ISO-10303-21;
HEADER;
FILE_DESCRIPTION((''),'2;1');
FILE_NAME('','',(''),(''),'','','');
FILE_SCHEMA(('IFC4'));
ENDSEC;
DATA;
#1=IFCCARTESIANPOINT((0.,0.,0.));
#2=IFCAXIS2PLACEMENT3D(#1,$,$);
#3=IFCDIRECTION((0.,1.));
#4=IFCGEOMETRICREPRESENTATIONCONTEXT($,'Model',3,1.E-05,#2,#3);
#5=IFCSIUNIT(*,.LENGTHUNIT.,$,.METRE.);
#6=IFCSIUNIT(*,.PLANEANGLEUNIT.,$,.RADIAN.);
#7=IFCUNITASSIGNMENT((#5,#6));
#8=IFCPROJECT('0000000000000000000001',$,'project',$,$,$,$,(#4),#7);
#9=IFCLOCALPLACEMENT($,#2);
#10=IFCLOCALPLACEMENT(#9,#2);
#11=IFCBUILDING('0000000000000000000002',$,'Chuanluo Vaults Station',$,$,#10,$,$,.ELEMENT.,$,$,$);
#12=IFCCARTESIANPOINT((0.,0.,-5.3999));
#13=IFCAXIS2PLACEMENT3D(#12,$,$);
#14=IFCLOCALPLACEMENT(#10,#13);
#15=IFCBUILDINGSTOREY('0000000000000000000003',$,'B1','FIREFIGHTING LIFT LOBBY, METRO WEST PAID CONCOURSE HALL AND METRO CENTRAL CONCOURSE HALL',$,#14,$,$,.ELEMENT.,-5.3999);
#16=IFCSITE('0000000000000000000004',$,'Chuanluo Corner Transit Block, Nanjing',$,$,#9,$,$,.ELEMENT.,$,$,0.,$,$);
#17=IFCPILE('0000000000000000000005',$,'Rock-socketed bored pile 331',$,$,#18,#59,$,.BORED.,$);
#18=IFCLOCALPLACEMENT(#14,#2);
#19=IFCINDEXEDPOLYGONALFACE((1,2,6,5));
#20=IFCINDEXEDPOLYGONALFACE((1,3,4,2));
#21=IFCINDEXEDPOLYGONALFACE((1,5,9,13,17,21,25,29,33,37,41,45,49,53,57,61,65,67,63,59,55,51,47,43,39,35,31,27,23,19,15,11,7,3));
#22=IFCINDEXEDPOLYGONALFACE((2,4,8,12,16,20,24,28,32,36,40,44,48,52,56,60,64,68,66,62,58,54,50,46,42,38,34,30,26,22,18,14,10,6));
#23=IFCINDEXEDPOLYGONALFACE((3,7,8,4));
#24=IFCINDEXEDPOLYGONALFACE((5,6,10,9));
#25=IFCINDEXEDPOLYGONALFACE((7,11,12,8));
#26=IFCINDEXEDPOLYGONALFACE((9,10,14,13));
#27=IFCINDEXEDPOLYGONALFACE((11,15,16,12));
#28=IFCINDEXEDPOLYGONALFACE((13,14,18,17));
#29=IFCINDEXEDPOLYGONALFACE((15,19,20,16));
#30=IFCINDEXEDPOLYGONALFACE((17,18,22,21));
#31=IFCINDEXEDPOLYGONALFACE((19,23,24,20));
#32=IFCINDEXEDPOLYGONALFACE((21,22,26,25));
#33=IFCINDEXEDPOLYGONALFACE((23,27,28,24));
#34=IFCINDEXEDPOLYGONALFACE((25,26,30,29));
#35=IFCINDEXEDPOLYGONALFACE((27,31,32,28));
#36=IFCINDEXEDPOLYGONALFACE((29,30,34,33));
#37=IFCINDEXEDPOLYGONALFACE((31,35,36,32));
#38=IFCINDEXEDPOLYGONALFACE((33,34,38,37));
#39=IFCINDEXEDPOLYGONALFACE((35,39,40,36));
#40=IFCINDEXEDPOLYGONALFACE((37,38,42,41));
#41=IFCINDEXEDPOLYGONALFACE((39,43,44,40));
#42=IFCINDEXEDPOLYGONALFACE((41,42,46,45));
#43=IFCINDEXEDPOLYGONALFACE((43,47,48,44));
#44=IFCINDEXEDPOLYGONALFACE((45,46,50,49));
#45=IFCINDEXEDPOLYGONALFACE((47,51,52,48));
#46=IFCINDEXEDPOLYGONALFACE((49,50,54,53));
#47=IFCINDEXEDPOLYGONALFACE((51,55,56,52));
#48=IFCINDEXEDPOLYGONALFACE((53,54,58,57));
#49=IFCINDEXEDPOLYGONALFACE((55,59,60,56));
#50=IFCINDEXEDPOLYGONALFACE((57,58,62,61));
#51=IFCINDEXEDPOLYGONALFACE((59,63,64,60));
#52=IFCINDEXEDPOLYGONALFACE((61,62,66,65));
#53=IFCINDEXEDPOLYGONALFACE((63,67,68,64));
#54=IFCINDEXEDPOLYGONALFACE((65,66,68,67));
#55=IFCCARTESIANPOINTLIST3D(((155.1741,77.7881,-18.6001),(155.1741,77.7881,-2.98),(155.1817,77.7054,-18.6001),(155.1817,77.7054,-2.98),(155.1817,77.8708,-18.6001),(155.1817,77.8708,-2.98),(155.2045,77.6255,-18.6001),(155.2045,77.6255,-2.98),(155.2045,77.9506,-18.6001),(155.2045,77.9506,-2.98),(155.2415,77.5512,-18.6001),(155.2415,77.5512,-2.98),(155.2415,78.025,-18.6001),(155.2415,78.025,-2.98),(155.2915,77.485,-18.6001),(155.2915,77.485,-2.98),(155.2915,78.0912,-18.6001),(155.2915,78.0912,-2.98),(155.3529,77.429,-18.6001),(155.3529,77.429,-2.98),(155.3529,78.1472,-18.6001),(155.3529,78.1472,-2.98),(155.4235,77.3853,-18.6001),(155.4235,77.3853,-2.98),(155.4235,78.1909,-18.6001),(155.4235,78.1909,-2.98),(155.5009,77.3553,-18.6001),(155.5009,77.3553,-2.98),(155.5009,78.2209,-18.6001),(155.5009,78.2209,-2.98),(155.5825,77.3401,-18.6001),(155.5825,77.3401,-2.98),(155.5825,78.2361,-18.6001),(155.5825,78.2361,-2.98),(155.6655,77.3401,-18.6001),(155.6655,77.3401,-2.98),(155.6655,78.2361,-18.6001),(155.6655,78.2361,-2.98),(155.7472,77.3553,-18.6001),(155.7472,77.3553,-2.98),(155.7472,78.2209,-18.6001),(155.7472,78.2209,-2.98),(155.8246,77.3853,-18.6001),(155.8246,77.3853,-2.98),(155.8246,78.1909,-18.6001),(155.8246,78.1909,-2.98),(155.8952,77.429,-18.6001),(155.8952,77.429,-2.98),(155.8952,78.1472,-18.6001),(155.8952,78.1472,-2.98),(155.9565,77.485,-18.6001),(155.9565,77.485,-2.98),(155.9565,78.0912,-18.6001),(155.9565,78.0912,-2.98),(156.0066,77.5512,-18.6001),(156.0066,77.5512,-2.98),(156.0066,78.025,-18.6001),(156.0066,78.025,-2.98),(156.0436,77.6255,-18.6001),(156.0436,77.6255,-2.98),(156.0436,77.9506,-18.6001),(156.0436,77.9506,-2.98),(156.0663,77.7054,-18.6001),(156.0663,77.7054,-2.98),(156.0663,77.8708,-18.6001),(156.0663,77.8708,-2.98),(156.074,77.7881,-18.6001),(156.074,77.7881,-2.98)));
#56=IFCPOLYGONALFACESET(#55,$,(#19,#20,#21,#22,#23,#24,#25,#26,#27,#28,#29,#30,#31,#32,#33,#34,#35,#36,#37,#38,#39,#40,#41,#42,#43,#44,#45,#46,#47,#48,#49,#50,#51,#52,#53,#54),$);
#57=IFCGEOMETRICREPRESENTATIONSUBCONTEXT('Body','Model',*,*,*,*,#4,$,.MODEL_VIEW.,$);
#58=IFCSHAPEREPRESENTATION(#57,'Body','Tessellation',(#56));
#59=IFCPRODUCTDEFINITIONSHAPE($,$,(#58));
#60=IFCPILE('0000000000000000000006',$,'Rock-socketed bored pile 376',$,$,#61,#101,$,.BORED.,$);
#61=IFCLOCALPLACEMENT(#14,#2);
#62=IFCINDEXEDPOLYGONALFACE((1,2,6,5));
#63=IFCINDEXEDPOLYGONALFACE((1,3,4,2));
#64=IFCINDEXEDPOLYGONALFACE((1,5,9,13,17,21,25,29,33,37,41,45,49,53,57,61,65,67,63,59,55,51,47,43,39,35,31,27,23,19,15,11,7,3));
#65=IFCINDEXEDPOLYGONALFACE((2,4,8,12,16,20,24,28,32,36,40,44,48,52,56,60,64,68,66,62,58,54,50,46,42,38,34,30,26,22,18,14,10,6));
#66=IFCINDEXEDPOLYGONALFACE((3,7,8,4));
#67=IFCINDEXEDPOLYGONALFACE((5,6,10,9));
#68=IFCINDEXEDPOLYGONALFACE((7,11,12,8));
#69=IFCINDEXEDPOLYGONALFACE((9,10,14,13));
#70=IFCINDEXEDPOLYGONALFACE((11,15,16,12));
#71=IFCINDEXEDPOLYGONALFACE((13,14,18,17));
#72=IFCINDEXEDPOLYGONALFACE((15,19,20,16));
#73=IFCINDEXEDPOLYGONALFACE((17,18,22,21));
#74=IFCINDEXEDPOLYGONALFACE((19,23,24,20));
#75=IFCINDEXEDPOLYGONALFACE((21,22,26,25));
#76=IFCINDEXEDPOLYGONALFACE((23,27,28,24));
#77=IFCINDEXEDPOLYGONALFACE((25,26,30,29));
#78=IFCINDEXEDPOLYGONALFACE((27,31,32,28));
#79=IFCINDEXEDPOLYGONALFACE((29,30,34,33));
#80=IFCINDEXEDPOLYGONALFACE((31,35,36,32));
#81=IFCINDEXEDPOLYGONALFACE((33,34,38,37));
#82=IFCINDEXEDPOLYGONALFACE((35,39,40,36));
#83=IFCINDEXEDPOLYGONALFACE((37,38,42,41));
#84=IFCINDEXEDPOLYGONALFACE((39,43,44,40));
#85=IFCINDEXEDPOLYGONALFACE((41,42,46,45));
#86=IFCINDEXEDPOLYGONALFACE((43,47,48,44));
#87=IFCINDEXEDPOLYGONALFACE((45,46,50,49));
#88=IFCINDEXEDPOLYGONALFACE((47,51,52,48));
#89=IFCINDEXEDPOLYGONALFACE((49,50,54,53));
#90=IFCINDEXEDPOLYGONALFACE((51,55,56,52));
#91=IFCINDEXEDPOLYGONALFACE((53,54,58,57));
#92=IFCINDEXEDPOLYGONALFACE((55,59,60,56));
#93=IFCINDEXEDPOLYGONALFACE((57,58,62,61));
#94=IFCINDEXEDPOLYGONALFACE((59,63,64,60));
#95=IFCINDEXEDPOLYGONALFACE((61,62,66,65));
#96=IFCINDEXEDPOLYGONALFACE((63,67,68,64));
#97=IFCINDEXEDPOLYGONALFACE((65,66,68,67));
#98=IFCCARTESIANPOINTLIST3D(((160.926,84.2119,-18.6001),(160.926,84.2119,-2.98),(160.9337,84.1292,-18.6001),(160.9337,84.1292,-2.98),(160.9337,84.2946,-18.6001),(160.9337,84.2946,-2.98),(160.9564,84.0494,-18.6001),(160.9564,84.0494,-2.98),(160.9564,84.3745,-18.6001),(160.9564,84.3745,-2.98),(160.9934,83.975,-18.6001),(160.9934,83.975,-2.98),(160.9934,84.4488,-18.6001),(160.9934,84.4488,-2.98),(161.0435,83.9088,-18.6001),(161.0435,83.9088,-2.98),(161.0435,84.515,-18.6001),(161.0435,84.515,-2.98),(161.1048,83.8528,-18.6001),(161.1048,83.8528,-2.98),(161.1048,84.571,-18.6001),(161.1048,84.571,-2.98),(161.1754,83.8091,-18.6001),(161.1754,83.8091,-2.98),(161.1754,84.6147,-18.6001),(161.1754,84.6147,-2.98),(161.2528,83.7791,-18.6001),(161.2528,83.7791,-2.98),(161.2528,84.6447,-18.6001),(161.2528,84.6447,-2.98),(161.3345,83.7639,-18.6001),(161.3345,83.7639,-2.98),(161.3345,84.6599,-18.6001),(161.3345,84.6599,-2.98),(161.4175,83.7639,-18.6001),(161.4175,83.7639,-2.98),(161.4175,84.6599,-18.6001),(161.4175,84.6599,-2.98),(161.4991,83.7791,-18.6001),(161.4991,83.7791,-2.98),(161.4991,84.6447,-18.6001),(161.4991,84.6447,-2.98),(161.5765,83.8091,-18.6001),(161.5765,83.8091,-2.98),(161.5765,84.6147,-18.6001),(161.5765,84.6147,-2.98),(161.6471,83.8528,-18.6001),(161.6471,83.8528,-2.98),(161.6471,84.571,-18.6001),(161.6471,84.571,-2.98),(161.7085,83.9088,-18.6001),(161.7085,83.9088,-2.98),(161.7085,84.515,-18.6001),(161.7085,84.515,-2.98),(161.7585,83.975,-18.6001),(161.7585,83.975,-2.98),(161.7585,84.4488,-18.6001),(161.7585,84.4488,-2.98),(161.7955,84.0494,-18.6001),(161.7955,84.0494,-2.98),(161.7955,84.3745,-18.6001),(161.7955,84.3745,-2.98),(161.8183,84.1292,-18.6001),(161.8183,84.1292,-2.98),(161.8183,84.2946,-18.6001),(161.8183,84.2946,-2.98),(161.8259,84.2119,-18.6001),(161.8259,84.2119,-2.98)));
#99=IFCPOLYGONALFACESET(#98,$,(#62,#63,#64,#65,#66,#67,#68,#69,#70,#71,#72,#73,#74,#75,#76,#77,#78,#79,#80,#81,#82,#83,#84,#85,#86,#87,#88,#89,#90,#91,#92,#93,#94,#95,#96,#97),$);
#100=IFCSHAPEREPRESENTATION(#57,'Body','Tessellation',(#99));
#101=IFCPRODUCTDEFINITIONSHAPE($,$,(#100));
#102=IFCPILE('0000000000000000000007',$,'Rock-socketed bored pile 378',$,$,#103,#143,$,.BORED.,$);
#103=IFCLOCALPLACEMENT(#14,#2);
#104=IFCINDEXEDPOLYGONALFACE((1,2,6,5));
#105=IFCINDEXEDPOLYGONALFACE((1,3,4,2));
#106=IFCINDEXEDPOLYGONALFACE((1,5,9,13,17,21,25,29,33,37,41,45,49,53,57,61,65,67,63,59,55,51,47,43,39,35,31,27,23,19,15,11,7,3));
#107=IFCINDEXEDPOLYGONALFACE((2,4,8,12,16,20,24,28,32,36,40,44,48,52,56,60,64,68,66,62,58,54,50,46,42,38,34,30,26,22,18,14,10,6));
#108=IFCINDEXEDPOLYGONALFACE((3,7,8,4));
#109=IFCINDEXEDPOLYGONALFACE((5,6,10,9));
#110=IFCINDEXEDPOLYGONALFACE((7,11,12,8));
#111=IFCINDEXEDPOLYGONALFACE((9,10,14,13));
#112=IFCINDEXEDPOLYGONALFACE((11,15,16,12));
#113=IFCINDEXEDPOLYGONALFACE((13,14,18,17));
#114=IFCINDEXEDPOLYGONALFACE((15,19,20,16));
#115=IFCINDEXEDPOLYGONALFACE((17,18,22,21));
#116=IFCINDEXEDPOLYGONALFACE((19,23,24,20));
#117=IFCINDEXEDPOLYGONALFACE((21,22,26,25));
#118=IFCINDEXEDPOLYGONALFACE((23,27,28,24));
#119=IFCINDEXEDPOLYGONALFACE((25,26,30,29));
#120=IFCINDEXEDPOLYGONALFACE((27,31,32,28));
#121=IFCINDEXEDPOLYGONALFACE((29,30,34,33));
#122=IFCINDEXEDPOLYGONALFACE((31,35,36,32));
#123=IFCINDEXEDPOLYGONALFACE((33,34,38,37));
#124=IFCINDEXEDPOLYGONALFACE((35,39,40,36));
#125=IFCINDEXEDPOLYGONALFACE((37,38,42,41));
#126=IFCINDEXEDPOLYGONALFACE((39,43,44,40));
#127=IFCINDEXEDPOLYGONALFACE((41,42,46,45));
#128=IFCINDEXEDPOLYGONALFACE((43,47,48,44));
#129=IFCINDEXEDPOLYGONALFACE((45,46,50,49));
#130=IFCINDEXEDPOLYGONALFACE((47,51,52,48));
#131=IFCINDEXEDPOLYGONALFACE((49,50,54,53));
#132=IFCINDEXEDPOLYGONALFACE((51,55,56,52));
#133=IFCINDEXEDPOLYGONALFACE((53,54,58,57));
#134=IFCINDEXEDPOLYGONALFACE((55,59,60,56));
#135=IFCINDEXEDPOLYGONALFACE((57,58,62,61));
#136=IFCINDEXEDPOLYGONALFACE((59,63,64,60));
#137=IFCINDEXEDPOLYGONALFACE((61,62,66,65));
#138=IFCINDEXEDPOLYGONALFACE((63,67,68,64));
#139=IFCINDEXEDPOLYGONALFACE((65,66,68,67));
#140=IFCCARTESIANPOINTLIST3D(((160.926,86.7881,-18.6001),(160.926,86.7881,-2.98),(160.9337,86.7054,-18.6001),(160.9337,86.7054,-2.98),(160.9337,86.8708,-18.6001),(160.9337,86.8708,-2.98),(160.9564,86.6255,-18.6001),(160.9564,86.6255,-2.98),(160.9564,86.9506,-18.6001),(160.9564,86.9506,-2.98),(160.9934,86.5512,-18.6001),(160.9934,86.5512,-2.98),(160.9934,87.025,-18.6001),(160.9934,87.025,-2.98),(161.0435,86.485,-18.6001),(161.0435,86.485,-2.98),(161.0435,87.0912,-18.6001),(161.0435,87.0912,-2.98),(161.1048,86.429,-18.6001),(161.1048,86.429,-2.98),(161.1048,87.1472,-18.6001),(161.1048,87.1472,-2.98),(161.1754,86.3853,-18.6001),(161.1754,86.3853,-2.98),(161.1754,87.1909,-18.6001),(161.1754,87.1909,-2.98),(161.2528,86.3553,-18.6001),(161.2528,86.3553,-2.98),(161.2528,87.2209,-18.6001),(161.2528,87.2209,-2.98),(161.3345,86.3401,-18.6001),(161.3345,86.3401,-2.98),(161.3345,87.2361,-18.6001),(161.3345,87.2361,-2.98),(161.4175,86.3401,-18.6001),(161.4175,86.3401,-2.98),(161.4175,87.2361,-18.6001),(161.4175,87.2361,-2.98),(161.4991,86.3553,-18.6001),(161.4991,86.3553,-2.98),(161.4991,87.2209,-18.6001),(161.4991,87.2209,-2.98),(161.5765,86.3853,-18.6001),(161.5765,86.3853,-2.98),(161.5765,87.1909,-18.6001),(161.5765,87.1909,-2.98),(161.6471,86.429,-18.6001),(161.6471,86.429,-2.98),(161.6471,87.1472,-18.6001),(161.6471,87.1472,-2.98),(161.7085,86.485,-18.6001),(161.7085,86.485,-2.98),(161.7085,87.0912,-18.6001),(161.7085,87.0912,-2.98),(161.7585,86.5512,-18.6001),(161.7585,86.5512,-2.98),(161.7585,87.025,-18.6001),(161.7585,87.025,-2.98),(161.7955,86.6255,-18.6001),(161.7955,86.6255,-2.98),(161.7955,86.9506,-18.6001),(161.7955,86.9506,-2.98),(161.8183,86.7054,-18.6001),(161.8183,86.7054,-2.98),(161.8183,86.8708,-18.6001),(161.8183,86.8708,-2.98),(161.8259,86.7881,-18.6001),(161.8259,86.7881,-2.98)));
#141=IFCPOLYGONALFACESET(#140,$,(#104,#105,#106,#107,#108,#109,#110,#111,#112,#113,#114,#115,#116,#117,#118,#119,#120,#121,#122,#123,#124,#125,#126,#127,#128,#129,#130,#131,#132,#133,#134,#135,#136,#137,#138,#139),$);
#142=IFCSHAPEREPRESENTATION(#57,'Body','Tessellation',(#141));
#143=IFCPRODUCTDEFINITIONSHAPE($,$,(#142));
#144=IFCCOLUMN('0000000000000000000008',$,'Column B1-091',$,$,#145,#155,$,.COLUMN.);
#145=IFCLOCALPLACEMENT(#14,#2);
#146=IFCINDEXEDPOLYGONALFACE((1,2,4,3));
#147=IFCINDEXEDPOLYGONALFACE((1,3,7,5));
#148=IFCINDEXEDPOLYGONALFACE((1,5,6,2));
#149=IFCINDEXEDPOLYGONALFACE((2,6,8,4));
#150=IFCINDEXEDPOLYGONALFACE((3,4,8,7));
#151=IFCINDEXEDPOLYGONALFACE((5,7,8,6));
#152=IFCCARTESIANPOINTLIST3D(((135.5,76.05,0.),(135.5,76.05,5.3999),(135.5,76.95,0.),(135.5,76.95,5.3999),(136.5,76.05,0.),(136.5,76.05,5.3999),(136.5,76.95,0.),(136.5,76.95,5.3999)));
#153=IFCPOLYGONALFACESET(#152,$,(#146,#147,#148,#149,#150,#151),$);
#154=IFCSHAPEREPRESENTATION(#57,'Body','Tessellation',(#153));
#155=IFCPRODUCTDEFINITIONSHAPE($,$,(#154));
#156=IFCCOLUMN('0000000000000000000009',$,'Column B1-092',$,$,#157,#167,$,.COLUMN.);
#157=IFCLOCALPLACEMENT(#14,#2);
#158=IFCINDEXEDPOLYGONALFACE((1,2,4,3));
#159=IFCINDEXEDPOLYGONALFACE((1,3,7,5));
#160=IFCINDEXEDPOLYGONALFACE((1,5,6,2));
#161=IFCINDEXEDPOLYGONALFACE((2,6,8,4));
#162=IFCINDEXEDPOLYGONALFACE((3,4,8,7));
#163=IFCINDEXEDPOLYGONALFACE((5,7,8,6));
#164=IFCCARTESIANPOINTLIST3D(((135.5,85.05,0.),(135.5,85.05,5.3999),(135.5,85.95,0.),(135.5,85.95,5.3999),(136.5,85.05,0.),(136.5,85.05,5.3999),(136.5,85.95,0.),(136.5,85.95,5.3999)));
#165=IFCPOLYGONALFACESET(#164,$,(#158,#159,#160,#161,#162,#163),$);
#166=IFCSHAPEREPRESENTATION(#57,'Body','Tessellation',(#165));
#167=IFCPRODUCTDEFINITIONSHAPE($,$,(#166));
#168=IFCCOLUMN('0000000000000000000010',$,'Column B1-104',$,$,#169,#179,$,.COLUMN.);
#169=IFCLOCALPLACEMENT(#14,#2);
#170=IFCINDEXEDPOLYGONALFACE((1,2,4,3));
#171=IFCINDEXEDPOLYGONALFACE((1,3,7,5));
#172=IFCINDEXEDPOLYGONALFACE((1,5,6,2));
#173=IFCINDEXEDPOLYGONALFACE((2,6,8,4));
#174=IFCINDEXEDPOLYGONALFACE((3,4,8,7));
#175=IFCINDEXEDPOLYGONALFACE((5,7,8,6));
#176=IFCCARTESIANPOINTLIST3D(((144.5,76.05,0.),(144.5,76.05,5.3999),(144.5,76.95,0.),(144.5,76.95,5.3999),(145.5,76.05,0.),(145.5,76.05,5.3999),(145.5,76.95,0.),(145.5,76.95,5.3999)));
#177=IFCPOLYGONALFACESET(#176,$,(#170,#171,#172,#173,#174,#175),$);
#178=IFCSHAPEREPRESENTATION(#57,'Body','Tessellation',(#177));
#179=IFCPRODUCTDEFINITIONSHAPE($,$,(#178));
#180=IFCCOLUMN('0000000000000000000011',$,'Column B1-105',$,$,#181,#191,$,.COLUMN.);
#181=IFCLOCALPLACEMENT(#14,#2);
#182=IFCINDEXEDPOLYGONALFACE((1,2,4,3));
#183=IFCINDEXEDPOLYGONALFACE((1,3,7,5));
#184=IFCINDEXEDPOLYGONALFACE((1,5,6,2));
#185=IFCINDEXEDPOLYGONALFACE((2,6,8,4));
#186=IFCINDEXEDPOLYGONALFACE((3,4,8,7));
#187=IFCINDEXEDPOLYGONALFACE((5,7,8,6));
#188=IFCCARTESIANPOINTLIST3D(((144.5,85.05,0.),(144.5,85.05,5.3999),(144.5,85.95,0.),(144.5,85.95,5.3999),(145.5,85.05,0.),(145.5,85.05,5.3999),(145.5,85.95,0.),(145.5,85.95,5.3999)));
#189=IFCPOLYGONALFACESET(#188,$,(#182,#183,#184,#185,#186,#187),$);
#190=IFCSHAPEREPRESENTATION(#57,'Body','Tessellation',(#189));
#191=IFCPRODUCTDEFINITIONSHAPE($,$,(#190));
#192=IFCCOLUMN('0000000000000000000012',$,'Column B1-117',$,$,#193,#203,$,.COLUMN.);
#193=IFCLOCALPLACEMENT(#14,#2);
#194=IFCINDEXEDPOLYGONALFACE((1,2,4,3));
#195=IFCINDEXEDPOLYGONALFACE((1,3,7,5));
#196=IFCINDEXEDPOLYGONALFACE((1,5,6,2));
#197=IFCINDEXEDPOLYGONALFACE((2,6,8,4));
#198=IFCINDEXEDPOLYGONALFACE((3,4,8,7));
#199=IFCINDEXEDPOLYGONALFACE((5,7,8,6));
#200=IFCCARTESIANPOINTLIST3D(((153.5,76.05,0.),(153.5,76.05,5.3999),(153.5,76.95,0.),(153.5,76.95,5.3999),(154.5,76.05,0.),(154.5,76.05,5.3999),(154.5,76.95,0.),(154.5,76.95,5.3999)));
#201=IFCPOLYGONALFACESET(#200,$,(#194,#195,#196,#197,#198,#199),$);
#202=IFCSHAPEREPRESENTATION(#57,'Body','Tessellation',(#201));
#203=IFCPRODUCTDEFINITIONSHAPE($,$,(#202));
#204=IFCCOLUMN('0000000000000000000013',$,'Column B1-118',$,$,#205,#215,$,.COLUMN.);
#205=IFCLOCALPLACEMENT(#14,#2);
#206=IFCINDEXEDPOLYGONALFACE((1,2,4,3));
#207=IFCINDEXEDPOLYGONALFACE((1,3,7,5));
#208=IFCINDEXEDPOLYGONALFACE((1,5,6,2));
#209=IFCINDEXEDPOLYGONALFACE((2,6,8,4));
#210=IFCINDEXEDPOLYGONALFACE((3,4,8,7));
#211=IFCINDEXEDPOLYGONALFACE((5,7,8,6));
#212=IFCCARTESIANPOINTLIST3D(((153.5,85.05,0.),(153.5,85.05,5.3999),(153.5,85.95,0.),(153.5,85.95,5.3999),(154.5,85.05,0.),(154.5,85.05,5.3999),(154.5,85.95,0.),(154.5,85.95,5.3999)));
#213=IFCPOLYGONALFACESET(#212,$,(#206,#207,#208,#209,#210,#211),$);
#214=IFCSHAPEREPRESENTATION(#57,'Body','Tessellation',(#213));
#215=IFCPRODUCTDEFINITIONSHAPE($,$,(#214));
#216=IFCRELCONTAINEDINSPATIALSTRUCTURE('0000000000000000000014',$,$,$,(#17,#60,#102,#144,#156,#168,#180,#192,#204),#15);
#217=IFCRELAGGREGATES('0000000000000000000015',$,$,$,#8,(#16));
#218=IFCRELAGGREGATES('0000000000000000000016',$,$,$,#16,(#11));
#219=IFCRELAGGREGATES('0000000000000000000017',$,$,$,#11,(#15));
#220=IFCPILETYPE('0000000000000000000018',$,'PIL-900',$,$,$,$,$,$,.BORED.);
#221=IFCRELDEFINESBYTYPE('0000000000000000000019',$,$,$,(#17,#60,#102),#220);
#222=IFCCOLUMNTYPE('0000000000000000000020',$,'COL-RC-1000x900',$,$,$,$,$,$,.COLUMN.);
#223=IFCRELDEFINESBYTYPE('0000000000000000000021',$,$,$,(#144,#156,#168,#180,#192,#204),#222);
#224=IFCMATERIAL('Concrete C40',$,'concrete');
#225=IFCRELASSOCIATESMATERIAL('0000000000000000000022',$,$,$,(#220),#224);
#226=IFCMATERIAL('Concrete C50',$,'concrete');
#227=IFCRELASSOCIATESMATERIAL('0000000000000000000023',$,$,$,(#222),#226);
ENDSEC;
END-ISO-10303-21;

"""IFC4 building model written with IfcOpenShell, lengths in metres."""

from ifc_helpers import new_model, si_unit, direction, frame, origin, origin_2d, place, context, subcontext, project, spatial, rectangle, circle, extrude, material, material_profile, profile_set, type_object, element, save


model = new_model("IFC4")

# Units and contexts
model_context = context("Model", 3, precision=1e-05, world=origin(), true_north=direction((0.0, 1.0)))
body_context = subcontext(model_context, "Body", "Model", "MODEL_VIEW")
ifc_project = project(units=[si_unit("LENGTHUNIT", "METRE"), si_unit("PLANEANGLEUNIT", "RADIAN")], contexts=[model_context])

# Site, building, storey
site_placement = place(None, origin())
site = spatial("IfcSite", under=ifc_project, at=site_placement, Name="Chuanluo Corner Transit Block, Nanjing", CompositionType="ELEMENT", RefElevation=0.0)
building_placement = place(site_placement, origin())
building = spatial("IfcBuilding", under=site, at=building_placement, Name="Chuanluo Vaults Station", CompositionType="ELEMENT")
storey_placement = place(building_placement, frame((0.0, 0.0, -5.3999)))
storey = spatial("IfcBuildingStorey", under=building, at=storey_placement, Name="B1", Description="FIREFIGHTING LIFT LOBBY, METRO WEST PAID CONCOURSE HALL AND METRO CENTRAL CONCOURSE HALL", CompositionType="ELEMENT", Elevation=-5.3999)

# Piles
ifc_material_1 = material(Name="Concrete C40", Category="concrete")
ifc_material_profile_1 = material_profile(ifc_material_1, circle(Radius=0.45, at=origin_2d()))
ifc_profile_set_1 = profile_set([ifc_material_profile_1], Name="Concrete C40")
pile_type_1 = type_object("IfcPileType", Name="PIL-900", PredefinedType="BORED", material=ifc_profile_set_1)
for number, where, z_axis, x_axis, name in (
    (1, (155.624, 77.7881, -2.98), (0.0, 0.0, -1.0), (1.0, 0.0, 0.0), "Rock-socketed bored pile 331"),
    (2, (161.376, 84.2119, -2.98), (0.0, 0.0, -1.0), (1.0, 0.0, 0.0), "Rock-socketed bored pile 376"),
    (3, (161.376, 86.7881, -2.98), (0.0, 0.0, -1.0), (1.0, 0.0, 0.0), "Rock-socketed bored pile 378"),
):
    element("IfcPile", number, at=place(storey_placement, frame(where, z_axis=z_axis, x_axis=x_axis)), inside=storey, type_object=pile_type_1, Name=name, PredefinedType="BORED", context=body_context, shape_type="SweptSolid", body=[
        extrude(circle(Radius=0.45, at=origin_2d()), origin(), (0.0, 0.0, 1.0), 15.6201),
    ])

# Columns
ifc_material_2 = material(Name="Concrete C50", Category="concrete")
ifc_material_profile_2 = material_profile(ifc_material_2, rectangle(XDim=1.0, YDim=0.8999, at=origin_2d()))
ifc_profile_set_2 = profile_set([ifc_material_profile_2], Name="Concrete C50")
column_type = type_object("IfcColumnType", Name="COL-RC-1000x900", PredefinedType="COLUMN", material=ifc_profile_set_2)
for number, where, z_axis, x_axis, name in (
    (4, (136.0, 76.5, 0.0), (0.0, 0.0, 1.0), (1.0, 0.0, 0.0), "Column B1-091"),
    (5, (136.0, 85.5, 0.0), (0.0, 0.0, 1.0), (1.0, 0.0, 0.0), "Column B1-092"),
    (6, (145.0, 76.5, 0.0), (0.0, 0.0, 1.0), (1.0, 0.0, 0.0), "Column B1-104"),
    (7, (145.0, 85.5, 0.0), (0.0, 0.0, 1.0), (1.0, 0.0, 0.0), "Column B1-105"),
    (8, (154.0, 76.5, 0.0), (0.0, 0.0, 1.0), (1.0, 0.0, 0.0), "Column B1-117"),
    (9, (154.0, 85.5, 0.0), (0.0, 0.0, 1.0), (1.0, 0.0, 0.0), "Column B1-118"),
):
    element("IfcColumn", number, at=place(storey_placement, frame(where, z_axis=z_axis, x_axis=x_axis)), inside=storey, type_object=column_type, Name=name, PredefinedType="COLUMN", context=body_context, shape_type="SweptSolid", body=[
        extrude(rectangle(XDim=1.0, YDim=0.8999, at=origin_2d()), origin(), (0.0, 0.0, 1.0), 5.3999),
    ])

save(model, "model.ifc")
